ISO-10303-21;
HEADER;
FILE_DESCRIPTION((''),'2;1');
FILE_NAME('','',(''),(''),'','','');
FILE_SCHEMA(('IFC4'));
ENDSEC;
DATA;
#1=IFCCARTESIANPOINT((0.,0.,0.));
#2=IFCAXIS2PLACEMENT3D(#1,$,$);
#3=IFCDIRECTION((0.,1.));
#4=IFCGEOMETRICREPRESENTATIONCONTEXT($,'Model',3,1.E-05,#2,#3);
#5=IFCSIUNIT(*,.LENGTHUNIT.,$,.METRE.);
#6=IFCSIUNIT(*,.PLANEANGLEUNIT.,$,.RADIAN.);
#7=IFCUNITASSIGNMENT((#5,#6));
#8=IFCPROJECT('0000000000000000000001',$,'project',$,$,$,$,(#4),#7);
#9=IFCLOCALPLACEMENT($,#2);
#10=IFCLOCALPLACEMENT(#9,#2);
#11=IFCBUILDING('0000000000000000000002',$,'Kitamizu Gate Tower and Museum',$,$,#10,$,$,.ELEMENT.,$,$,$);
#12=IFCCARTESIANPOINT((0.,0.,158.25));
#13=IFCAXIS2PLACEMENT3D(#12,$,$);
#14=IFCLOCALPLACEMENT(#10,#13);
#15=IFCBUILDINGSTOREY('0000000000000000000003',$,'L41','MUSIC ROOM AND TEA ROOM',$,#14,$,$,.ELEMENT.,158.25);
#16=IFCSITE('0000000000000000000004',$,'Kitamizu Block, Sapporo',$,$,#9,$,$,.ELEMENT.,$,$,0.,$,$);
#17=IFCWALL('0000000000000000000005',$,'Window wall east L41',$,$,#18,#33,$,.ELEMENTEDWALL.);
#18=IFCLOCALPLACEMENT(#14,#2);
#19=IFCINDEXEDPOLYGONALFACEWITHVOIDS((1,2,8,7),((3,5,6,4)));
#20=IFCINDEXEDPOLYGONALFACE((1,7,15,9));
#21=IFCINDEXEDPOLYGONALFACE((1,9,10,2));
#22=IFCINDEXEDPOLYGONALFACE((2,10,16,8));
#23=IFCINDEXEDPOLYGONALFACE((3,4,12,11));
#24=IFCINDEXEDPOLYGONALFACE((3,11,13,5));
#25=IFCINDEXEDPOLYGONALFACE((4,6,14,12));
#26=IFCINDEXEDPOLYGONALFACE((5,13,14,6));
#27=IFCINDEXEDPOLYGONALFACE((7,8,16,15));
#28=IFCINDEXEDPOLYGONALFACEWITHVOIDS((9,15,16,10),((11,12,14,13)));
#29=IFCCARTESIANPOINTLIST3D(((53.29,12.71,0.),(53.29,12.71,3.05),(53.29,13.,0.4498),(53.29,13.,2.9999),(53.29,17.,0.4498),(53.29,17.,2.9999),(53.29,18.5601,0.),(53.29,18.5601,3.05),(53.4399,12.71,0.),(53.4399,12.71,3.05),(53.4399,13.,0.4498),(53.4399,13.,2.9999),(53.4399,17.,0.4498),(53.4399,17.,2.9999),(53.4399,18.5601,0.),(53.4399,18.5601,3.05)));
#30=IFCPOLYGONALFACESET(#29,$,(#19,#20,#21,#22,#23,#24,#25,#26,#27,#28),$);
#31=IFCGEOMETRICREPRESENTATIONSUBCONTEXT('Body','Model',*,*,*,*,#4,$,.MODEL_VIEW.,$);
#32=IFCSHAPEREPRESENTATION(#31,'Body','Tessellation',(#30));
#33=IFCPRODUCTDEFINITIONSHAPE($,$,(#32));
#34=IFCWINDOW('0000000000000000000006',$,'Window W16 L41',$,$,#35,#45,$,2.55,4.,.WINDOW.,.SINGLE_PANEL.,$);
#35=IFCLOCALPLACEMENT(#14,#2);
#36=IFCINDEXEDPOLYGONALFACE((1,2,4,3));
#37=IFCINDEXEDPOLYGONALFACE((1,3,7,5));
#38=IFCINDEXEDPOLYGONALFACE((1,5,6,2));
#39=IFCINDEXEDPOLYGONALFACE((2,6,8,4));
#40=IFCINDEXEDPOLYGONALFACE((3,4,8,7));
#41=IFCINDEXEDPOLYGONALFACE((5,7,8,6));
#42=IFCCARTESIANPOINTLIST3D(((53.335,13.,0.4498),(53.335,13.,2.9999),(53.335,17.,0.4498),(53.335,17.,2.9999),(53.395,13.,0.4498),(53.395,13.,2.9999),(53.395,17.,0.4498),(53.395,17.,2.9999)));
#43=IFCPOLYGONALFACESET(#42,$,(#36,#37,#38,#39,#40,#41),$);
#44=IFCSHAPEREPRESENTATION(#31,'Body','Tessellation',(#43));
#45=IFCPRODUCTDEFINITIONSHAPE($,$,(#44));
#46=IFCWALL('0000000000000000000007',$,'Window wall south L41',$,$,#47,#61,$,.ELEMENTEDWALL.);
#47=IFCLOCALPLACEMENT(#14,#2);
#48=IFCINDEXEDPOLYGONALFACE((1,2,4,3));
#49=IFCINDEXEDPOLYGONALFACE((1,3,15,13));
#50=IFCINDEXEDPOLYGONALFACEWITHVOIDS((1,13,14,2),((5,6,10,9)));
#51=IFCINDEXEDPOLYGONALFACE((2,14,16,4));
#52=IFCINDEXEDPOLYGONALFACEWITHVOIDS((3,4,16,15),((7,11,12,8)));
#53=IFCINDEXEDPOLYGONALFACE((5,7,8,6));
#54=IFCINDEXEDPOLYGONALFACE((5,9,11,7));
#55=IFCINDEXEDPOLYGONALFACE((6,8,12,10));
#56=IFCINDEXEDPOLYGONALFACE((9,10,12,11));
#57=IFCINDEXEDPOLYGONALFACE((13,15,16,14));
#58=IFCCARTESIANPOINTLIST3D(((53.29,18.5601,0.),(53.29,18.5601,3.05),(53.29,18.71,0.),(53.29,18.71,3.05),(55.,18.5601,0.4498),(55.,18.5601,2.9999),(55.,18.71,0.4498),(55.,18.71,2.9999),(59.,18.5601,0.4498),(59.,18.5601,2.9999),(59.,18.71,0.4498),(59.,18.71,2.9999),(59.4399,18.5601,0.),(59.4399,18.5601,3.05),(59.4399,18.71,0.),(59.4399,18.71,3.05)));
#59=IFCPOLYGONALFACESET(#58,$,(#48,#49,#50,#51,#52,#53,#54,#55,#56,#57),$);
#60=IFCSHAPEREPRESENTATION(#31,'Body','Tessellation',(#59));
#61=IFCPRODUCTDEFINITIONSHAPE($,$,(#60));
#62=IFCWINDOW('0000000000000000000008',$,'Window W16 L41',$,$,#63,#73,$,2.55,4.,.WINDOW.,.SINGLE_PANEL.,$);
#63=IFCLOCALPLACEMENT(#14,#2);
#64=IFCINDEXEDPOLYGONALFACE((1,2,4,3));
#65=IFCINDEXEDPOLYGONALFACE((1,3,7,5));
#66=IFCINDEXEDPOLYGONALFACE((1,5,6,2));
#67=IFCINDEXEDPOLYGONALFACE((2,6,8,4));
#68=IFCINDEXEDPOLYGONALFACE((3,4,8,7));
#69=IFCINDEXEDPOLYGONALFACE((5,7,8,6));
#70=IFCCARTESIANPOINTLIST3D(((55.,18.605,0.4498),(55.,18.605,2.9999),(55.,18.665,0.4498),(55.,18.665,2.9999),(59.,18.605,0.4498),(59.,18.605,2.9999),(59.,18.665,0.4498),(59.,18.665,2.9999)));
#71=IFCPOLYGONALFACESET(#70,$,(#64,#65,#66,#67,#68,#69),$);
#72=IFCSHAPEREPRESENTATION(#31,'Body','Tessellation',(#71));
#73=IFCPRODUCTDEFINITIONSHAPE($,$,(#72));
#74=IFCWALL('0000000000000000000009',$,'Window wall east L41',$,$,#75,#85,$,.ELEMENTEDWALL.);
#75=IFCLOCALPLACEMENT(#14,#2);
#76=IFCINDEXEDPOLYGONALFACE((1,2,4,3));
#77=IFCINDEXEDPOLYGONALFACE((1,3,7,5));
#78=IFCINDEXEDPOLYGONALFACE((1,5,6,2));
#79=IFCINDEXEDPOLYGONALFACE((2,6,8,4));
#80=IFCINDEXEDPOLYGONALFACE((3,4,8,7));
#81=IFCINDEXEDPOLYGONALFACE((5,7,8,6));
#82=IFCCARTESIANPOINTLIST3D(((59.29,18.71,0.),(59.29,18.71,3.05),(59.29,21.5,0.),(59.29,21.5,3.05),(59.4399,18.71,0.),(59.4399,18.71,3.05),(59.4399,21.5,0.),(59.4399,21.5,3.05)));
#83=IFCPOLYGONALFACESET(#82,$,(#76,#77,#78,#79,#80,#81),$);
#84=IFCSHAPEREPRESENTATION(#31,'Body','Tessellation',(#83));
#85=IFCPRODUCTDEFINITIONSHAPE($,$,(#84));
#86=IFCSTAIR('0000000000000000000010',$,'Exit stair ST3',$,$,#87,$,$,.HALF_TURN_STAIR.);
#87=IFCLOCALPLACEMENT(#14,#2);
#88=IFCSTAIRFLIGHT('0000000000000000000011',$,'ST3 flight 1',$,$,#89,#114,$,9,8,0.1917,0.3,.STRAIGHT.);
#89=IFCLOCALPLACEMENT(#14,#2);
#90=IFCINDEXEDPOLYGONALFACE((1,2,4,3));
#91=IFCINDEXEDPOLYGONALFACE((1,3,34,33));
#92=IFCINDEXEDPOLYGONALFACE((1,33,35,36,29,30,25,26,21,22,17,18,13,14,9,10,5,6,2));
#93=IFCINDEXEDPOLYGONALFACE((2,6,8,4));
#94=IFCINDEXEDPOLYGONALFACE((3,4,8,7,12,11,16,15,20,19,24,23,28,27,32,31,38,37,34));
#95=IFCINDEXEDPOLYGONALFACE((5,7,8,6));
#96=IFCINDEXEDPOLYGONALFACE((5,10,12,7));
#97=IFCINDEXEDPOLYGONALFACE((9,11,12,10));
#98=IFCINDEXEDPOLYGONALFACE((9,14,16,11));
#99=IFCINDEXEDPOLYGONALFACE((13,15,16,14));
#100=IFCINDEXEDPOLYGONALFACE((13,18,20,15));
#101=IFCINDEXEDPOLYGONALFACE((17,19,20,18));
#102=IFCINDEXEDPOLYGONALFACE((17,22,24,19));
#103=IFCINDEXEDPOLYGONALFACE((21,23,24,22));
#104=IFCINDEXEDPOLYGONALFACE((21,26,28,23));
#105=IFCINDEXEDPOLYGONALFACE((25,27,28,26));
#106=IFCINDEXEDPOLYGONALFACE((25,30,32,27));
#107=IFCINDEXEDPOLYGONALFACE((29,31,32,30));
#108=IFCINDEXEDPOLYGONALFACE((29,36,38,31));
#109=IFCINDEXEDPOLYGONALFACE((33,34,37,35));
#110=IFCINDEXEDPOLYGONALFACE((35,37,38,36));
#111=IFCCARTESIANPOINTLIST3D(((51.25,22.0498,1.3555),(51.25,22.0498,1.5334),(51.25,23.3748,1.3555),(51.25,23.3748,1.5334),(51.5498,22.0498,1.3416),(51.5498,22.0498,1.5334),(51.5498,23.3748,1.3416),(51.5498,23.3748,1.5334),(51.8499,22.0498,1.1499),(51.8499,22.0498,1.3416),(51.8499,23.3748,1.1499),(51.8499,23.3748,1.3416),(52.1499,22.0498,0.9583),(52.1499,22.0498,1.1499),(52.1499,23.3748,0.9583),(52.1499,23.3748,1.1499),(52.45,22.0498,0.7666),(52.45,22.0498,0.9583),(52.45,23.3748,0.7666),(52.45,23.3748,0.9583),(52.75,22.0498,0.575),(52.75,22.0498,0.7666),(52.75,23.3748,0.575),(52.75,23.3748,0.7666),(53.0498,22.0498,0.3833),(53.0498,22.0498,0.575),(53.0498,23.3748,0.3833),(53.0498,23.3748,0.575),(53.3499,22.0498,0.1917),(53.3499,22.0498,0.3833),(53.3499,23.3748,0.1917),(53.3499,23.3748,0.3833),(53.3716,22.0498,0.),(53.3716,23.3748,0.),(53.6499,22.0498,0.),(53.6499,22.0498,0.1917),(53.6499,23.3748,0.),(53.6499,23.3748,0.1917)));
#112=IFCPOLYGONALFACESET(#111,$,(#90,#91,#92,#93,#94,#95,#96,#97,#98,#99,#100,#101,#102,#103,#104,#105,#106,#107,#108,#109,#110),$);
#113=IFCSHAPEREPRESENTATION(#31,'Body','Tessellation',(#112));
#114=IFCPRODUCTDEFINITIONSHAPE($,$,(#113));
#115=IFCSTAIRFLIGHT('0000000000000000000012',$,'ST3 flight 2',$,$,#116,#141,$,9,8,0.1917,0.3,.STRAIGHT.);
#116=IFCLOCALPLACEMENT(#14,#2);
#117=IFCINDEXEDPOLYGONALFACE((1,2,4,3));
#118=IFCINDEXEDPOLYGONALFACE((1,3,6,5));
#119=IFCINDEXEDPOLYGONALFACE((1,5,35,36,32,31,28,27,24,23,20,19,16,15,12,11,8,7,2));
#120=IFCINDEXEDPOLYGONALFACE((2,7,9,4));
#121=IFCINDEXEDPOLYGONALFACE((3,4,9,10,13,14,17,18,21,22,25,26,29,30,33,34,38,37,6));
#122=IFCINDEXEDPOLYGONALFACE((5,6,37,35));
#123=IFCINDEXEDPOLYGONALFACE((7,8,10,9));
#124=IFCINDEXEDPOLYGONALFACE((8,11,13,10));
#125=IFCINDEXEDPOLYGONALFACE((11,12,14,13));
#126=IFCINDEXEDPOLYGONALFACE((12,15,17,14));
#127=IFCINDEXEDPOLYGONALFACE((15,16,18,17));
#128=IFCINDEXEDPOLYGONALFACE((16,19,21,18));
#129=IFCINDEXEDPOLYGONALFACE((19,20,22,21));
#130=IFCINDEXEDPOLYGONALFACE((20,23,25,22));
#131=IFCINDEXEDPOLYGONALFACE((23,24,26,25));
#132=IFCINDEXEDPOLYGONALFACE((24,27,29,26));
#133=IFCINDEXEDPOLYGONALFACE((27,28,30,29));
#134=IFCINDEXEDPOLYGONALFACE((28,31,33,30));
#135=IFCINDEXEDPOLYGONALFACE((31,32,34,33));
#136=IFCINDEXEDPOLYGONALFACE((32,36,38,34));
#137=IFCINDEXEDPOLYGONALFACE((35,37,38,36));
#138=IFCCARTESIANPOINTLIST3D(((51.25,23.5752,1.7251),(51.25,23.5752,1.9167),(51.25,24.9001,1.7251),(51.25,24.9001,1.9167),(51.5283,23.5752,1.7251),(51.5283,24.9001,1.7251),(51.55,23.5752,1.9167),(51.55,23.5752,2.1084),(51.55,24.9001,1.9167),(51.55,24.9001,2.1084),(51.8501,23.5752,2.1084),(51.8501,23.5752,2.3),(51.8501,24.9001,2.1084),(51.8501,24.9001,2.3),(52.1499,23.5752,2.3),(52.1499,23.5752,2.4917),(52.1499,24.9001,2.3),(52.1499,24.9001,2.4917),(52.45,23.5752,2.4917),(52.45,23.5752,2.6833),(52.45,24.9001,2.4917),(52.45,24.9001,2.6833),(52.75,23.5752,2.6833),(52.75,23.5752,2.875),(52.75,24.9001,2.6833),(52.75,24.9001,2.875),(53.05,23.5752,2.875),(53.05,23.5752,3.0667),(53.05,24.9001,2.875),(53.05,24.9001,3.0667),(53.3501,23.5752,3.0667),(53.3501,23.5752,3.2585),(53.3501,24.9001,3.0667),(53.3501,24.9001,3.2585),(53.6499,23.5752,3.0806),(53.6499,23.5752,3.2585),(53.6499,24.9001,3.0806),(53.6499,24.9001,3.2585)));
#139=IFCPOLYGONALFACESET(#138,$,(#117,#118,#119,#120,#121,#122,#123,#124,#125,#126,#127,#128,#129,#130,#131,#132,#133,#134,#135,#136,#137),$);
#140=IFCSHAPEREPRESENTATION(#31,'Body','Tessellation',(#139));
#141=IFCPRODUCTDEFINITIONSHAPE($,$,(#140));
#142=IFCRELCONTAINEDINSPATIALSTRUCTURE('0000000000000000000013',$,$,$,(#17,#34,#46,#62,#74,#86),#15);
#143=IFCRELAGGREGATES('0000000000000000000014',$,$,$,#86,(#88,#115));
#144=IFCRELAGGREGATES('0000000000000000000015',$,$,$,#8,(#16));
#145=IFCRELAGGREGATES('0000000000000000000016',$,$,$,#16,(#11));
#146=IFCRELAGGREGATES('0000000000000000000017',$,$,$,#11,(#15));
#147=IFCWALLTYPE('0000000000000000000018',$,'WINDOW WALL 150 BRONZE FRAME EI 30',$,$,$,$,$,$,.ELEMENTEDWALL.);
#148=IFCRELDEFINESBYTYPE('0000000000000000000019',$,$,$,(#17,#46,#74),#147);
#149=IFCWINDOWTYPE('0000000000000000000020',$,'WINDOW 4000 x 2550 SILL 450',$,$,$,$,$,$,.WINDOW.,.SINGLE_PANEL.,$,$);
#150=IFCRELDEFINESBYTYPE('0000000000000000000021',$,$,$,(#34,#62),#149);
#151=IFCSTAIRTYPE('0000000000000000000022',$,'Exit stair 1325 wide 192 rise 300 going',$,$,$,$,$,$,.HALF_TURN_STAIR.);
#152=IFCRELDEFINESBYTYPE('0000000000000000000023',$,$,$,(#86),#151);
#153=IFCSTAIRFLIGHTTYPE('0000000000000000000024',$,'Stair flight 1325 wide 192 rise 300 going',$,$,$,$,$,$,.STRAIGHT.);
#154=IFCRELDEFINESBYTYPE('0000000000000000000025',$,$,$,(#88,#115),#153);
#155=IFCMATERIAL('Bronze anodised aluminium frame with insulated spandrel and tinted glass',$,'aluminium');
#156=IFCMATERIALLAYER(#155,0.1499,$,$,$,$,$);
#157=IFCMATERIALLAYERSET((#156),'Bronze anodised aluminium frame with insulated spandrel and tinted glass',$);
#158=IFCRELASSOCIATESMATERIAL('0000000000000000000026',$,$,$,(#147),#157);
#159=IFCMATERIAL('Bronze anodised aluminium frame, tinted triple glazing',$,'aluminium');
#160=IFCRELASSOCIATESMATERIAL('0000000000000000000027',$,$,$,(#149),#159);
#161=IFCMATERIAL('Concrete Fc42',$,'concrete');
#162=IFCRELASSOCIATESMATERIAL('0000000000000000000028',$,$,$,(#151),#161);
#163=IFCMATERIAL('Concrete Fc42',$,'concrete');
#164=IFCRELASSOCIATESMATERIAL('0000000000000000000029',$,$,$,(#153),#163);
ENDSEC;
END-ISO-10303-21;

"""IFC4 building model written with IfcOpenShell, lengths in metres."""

from ifc_helpers import new_model, si_unit, direction, frame, frame_2d, origin, place, context, subcontext, project, spatial, polyline, rectangle, outline, extrude, material, layer, layer_set, type_object, element, fill, aggregate, save


model = new_model("IFC4")

# Units and contexts
model_context = context("Model", 3, precision=1e-05, world=origin(), true_north=direction((0.0, 1.0)))
body_context = subcontext(model_context, "Body", "Model", "MODEL_VIEW")
ifc_project = project(units=[si_unit("LENGTHUNIT", "METRE"), si_unit("PLANEANGLEUNIT", "RADIAN")], contexts=[model_context])

# Site, building, storey
site_placement = place(None, origin())
site = spatial("IfcSite", under=ifc_project, at=site_placement, Name="Kitamizu Block, Sapporo", CompositionType="ELEMENT", RefElevation=0.0)
building_placement = place(site_placement, origin())
building = spatial("IfcBuilding", under=site, at=building_placement, Name="Kitamizu Gate Tower and Museum", CompositionType="ELEMENT")
storey_placement = place(building_placement, frame((0.0, 0.0, 158.25)))
storey = spatial("IfcBuildingStorey", under=building, at=storey_placement, Name="L41", Description="MUSIC ROOM AND TEA ROOM", CompositionType="ELEMENT", Elevation=158.25)

# Walls, openings, windows
ifc_material_1 = material(Name="Bronze anodised aluminium frame with insulated spandrel and tinted glass", Category="aluminium")
ifc_layer_1 = layer(ifc_material_1, 0.1499)
ifc_layer_set_1 = layer_set([ifc_layer_1], Name="Bronze anodised aluminium frame with insulated spandrel and tinted glass")
wall_type_1 = type_object("IfcWallType", Name="WINDOW WALL 150 BRONZE FRAME EI 30", PredefinedType="ELEMENTEDWALL", material=ifc_layer_set_1)
wall_1_placement = place(storey_placement, frame((53.365, 12.71, 0.0), z_axis=(0.0, 0.0, 1.0), x_axis=(0.0, 1.0, 0.0)))
wall_1 = element("IfcWall", 1, at=wall_1_placement, inside=storey, type_object=wall_type_1, Name="Window wall east L41", PredefinedType="ELEMENTEDWALL", context=body_context, shape_type="SweptSolid", body=[
    extrude(rectangle(XDim=5.8501, YDim=0.1499, at=frame_2d((2.925, 0.0))), origin(), (0.0, 0.0, 1.0), 3.05),
])
opening_1_placement = place(wall_1_placement, frame((0.29, 0.0, 0.45)))
opening_1 = element("IfcOpeningElement", 2, at=opening_1_placement, cuts=wall_1, PredefinedType="OPENING", context=body_context, shape_type="SweptSolid", body=[
    extrude(rectangle(XDim=4.0, YDim=2.55, at=frame_2d((2.0, 1.2749))), frame((0.0, 0.085, 0.0), z_axis=(0.0, -1.0, 0.0), x_axis=(1.0, 0.0, 0.0)), (0.0, 0.0, 1.0), 0.1699),
])
ifc_material_2 = material(Name="Bronze anodised aluminium frame, tinted triple glazing", Category="aluminium")
window_type = type_object("IfcWindowType", Name="WINDOW 4000 x 2550 SILL 450", PartitioningType="SINGLE_PANEL", PredefinedType="WINDOW", material=ifc_material_2)
window_1_placement = place(opening_1_placement, origin())
window_1 = element("IfcWindow", 3, at=window_1_placement, inside=storey, type_object=window_type, Name="Window W16 L41", OverallHeight=2.55, OverallWidth=4.0, PartitioningType="SINGLE_PANEL", PredefinedType="WINDOW", context=body_context, shape_type="SweptSolid", body=[
    extrude(rectangle(XDim=4.0, YDim=2.55, at=frame_2d((2.0, 1.2749))), frame((0.0, 0.03, 0.0), z_axis=(0.0, -1.0, 0.0), x_axis=(1.0, 0.0, 0.0)), (0.0, 0.0, 1.0), 0.0601),
])
fill(opening_1, window_1)
wall_2_placement = place(storey_placement, frame((53.29, 18.635, 0.0), z_axis=(0.0, 0.0, 1.0), x_axis=(1.0, 0.0, 0.0)))
wall_2 = element("IfcWall", 4, at=wall_2_placement, inside=storey, type_object=wall_type_1, Name="Window wall south L41", PredefinedType="ELEMENTEDWALL", context=body_context, shape_type="SweptSolid", body=[
    extrude(rectangle(XDim=6.1499, YDim=0.1499, at=frame_2d((3.075, 0.0))), origin(), (0.0, 0.0, 1.0), 3.05),
])
opening_2_placement = place(wall_2_placement, frame((1.71, 0.0, 0.45)))
opening_2 = element("IfcOpeningElement", 5, at=opening_2_placement, cuts=wall_2, PredefinedType="OPENING", context=body_context, shape_type="SweptSolid", body=[
    extrude(rectangle(XDim=4.0, YDim=2.55, at=frame_2d((2.0, 1.2749))), frame((0.0, 0.085, 0.0), z_axis=(0.0, -1.0, 0.0), x_axis=(1.0, 0.0, 0.0)), (0.0, 0.0, 1.0), 0.1699),
])
window_2_placement = place(opening_2_placement, origin())
window_2 = element("IfcWindow", 6, at=window_2_placement, inside=storey, type_object=window_type, Name="Window W16 L41", OverallHeight=2.55, OverallWidth=4.0, PartitioningType="SINGLE_PANEL", PredefinedType="WINDOW", context=body_context, shape_type="SweptSolid", body=[
    extrude(rectangle(XDim=4.0, YDim=2.55, at=frame_2d((2.0, 1.2749))), frame((0.0, 0.03, 0.0), z_axis=(0.0, -1.0, 0.0), x_axis=(1.0, 0.0, 0.0)), (0.0, 0.0, 1.0), 0.0601),
])
fill(opening_2, window_2)

# Wall
wall_3_placement = place(storey_placement, frame((59.365, 18.71, 0.0), z_axis=(0.0, 0.0, 1.0), x_axis=(0.0, 1.0, 0.0)))
element("IfcWall", 7, at=wall_3_placement, inside=storey, type_object=wall_type_1, Name="Window wall east L41", PredefinedType="ELEMENTEDWALL", context=body_context, shape_type="SweptSolid", body=[
    extrude(rectangle(XDim=2.79, YDim=0.1499, at=frame_2d((1.395, 0.0))), origin(), (0.0, 0.0, 1.0), 3.05),
])

# Stair, stair flights
ifc_material_3 = material(Name="Concrete Fc42", Category="concrete")
stair_type = type_object("IfcStairType", Name="Exit stair 1325 wide 192 rise 300 going", PredefinedType="HALF_TURN_STAIR", material=ifc_material_3)
stair_placement = place(storey_placement, origin())
stair = element("IfcStair", 8, at=stair_placement, inside=storey, type_object=stair_type, Name="Exit stair ST3", PredefinedType="HALF_TURN_STAIR")
ifc_material_4 = material(Name="Concrete Fc42", Category="concrete")
stair_flight_type = type_object("IfcStairFlightType", Name="Stair flight 1325 wide 192 rise 300 going", PredefinedType="STRAIGHT", material=ifc_material_4)
stair_flight_1_placement = place(storey_placement, frame((53.6499, 22.7124, 0.0), z_axis=(0.0, 0.0, 1.0), x_axis=(-1.0, 0.0, 0.0)))
stair_flight_1 = element("IfcStairFlight", 9, at=stair_flight_1_placement, type_object=stair_flight_type, Name="ST3 flight 1", NumberOfRisers=9, NumberOfTreads=8, PredefinedType="STRAIGHT", RiserHeight=0.1917, TreadLength=0.3, context=body_context, shape_type="SweptSolid", body=[
    extrude(outline(polyline([(0.0, 0.0), (0.0, 0.1917), (0.3, 0.1917), (0.3, 0.3833), (0.6001, 0.3833), (0.6001, 0.575), (0.8999, 0.575), (0.8999, 0.7666), (1.2, 0.7666), (1.2, 0.9583), (1.5, 0.9583), (1.5, 1.1499), (1.8, 1.1499), (1.8, 1.3416), (2.1001, 1.3416), (2.1001, 1.5334), (2.3999, 1.5334), (2.3999, 1.7251), (2.3999, 1.3555), (0.2783, 0.0), (0.0, 0.0)])), frame((0.0, 0.6626, 0.0), z_axis=(0.0, -1.0, 0.0), x_axis=(1.0, 0.0, 0.0)), (0.0, 0.0, 1.0), 1.325),
])
stair_flight_2_placement = place(storey_placement, frame((51.25, 24.2375, 1.7251), z_axis=(0.0, 0.0, 1.0), x_axis=(1.0, 0.0, 0.0)))
stair_flight_2 = element("IfcStairFlight", 10, at=stair_flight_2_placement, type_object=stair_flight_type, Name="ST3 flight 2", NumberOfRisers=9, NumberOfTreads=8, PredefinedType="STRAIGHT", RiserHeight=0.1917, TreadLength=0.3, context=body_context, shape_type="SweptSolid", body=[
    extrude(outline(polyline([(0.0, 0.0), (0.0, 0.1917), (0.3, 0.1917), (0.3, 0.3833), (0.6001, 0.3833), (0.6001, 0.575), (0.8999, 0.575), (0.8999, 0.7666), (1.2, 0.7666), (1.2, 0.9583), (1.5, 0.9583), (1.5, 1.1499), (1.8, 1.1499), (1.8, 1.3416), (2.1001, 1.3416), (2.1001, 1.5334), (2.3999, 1.5334), (2.3999, 1.7251), (2.3999, 1.3555), (0.2783, 0.0), (0.0, 0.0)])), frame((0.0, 0.6626, 0.0), z_axis=(0.0, -1.0, 0.0), x_axis=(1.0, 0.0, 0.0)), (0.0, 0.0, 1.0), 1.325),
])
aggregate(stair, [stair_flight_1, stair_flight_2])

save(model, "model.ifc")
